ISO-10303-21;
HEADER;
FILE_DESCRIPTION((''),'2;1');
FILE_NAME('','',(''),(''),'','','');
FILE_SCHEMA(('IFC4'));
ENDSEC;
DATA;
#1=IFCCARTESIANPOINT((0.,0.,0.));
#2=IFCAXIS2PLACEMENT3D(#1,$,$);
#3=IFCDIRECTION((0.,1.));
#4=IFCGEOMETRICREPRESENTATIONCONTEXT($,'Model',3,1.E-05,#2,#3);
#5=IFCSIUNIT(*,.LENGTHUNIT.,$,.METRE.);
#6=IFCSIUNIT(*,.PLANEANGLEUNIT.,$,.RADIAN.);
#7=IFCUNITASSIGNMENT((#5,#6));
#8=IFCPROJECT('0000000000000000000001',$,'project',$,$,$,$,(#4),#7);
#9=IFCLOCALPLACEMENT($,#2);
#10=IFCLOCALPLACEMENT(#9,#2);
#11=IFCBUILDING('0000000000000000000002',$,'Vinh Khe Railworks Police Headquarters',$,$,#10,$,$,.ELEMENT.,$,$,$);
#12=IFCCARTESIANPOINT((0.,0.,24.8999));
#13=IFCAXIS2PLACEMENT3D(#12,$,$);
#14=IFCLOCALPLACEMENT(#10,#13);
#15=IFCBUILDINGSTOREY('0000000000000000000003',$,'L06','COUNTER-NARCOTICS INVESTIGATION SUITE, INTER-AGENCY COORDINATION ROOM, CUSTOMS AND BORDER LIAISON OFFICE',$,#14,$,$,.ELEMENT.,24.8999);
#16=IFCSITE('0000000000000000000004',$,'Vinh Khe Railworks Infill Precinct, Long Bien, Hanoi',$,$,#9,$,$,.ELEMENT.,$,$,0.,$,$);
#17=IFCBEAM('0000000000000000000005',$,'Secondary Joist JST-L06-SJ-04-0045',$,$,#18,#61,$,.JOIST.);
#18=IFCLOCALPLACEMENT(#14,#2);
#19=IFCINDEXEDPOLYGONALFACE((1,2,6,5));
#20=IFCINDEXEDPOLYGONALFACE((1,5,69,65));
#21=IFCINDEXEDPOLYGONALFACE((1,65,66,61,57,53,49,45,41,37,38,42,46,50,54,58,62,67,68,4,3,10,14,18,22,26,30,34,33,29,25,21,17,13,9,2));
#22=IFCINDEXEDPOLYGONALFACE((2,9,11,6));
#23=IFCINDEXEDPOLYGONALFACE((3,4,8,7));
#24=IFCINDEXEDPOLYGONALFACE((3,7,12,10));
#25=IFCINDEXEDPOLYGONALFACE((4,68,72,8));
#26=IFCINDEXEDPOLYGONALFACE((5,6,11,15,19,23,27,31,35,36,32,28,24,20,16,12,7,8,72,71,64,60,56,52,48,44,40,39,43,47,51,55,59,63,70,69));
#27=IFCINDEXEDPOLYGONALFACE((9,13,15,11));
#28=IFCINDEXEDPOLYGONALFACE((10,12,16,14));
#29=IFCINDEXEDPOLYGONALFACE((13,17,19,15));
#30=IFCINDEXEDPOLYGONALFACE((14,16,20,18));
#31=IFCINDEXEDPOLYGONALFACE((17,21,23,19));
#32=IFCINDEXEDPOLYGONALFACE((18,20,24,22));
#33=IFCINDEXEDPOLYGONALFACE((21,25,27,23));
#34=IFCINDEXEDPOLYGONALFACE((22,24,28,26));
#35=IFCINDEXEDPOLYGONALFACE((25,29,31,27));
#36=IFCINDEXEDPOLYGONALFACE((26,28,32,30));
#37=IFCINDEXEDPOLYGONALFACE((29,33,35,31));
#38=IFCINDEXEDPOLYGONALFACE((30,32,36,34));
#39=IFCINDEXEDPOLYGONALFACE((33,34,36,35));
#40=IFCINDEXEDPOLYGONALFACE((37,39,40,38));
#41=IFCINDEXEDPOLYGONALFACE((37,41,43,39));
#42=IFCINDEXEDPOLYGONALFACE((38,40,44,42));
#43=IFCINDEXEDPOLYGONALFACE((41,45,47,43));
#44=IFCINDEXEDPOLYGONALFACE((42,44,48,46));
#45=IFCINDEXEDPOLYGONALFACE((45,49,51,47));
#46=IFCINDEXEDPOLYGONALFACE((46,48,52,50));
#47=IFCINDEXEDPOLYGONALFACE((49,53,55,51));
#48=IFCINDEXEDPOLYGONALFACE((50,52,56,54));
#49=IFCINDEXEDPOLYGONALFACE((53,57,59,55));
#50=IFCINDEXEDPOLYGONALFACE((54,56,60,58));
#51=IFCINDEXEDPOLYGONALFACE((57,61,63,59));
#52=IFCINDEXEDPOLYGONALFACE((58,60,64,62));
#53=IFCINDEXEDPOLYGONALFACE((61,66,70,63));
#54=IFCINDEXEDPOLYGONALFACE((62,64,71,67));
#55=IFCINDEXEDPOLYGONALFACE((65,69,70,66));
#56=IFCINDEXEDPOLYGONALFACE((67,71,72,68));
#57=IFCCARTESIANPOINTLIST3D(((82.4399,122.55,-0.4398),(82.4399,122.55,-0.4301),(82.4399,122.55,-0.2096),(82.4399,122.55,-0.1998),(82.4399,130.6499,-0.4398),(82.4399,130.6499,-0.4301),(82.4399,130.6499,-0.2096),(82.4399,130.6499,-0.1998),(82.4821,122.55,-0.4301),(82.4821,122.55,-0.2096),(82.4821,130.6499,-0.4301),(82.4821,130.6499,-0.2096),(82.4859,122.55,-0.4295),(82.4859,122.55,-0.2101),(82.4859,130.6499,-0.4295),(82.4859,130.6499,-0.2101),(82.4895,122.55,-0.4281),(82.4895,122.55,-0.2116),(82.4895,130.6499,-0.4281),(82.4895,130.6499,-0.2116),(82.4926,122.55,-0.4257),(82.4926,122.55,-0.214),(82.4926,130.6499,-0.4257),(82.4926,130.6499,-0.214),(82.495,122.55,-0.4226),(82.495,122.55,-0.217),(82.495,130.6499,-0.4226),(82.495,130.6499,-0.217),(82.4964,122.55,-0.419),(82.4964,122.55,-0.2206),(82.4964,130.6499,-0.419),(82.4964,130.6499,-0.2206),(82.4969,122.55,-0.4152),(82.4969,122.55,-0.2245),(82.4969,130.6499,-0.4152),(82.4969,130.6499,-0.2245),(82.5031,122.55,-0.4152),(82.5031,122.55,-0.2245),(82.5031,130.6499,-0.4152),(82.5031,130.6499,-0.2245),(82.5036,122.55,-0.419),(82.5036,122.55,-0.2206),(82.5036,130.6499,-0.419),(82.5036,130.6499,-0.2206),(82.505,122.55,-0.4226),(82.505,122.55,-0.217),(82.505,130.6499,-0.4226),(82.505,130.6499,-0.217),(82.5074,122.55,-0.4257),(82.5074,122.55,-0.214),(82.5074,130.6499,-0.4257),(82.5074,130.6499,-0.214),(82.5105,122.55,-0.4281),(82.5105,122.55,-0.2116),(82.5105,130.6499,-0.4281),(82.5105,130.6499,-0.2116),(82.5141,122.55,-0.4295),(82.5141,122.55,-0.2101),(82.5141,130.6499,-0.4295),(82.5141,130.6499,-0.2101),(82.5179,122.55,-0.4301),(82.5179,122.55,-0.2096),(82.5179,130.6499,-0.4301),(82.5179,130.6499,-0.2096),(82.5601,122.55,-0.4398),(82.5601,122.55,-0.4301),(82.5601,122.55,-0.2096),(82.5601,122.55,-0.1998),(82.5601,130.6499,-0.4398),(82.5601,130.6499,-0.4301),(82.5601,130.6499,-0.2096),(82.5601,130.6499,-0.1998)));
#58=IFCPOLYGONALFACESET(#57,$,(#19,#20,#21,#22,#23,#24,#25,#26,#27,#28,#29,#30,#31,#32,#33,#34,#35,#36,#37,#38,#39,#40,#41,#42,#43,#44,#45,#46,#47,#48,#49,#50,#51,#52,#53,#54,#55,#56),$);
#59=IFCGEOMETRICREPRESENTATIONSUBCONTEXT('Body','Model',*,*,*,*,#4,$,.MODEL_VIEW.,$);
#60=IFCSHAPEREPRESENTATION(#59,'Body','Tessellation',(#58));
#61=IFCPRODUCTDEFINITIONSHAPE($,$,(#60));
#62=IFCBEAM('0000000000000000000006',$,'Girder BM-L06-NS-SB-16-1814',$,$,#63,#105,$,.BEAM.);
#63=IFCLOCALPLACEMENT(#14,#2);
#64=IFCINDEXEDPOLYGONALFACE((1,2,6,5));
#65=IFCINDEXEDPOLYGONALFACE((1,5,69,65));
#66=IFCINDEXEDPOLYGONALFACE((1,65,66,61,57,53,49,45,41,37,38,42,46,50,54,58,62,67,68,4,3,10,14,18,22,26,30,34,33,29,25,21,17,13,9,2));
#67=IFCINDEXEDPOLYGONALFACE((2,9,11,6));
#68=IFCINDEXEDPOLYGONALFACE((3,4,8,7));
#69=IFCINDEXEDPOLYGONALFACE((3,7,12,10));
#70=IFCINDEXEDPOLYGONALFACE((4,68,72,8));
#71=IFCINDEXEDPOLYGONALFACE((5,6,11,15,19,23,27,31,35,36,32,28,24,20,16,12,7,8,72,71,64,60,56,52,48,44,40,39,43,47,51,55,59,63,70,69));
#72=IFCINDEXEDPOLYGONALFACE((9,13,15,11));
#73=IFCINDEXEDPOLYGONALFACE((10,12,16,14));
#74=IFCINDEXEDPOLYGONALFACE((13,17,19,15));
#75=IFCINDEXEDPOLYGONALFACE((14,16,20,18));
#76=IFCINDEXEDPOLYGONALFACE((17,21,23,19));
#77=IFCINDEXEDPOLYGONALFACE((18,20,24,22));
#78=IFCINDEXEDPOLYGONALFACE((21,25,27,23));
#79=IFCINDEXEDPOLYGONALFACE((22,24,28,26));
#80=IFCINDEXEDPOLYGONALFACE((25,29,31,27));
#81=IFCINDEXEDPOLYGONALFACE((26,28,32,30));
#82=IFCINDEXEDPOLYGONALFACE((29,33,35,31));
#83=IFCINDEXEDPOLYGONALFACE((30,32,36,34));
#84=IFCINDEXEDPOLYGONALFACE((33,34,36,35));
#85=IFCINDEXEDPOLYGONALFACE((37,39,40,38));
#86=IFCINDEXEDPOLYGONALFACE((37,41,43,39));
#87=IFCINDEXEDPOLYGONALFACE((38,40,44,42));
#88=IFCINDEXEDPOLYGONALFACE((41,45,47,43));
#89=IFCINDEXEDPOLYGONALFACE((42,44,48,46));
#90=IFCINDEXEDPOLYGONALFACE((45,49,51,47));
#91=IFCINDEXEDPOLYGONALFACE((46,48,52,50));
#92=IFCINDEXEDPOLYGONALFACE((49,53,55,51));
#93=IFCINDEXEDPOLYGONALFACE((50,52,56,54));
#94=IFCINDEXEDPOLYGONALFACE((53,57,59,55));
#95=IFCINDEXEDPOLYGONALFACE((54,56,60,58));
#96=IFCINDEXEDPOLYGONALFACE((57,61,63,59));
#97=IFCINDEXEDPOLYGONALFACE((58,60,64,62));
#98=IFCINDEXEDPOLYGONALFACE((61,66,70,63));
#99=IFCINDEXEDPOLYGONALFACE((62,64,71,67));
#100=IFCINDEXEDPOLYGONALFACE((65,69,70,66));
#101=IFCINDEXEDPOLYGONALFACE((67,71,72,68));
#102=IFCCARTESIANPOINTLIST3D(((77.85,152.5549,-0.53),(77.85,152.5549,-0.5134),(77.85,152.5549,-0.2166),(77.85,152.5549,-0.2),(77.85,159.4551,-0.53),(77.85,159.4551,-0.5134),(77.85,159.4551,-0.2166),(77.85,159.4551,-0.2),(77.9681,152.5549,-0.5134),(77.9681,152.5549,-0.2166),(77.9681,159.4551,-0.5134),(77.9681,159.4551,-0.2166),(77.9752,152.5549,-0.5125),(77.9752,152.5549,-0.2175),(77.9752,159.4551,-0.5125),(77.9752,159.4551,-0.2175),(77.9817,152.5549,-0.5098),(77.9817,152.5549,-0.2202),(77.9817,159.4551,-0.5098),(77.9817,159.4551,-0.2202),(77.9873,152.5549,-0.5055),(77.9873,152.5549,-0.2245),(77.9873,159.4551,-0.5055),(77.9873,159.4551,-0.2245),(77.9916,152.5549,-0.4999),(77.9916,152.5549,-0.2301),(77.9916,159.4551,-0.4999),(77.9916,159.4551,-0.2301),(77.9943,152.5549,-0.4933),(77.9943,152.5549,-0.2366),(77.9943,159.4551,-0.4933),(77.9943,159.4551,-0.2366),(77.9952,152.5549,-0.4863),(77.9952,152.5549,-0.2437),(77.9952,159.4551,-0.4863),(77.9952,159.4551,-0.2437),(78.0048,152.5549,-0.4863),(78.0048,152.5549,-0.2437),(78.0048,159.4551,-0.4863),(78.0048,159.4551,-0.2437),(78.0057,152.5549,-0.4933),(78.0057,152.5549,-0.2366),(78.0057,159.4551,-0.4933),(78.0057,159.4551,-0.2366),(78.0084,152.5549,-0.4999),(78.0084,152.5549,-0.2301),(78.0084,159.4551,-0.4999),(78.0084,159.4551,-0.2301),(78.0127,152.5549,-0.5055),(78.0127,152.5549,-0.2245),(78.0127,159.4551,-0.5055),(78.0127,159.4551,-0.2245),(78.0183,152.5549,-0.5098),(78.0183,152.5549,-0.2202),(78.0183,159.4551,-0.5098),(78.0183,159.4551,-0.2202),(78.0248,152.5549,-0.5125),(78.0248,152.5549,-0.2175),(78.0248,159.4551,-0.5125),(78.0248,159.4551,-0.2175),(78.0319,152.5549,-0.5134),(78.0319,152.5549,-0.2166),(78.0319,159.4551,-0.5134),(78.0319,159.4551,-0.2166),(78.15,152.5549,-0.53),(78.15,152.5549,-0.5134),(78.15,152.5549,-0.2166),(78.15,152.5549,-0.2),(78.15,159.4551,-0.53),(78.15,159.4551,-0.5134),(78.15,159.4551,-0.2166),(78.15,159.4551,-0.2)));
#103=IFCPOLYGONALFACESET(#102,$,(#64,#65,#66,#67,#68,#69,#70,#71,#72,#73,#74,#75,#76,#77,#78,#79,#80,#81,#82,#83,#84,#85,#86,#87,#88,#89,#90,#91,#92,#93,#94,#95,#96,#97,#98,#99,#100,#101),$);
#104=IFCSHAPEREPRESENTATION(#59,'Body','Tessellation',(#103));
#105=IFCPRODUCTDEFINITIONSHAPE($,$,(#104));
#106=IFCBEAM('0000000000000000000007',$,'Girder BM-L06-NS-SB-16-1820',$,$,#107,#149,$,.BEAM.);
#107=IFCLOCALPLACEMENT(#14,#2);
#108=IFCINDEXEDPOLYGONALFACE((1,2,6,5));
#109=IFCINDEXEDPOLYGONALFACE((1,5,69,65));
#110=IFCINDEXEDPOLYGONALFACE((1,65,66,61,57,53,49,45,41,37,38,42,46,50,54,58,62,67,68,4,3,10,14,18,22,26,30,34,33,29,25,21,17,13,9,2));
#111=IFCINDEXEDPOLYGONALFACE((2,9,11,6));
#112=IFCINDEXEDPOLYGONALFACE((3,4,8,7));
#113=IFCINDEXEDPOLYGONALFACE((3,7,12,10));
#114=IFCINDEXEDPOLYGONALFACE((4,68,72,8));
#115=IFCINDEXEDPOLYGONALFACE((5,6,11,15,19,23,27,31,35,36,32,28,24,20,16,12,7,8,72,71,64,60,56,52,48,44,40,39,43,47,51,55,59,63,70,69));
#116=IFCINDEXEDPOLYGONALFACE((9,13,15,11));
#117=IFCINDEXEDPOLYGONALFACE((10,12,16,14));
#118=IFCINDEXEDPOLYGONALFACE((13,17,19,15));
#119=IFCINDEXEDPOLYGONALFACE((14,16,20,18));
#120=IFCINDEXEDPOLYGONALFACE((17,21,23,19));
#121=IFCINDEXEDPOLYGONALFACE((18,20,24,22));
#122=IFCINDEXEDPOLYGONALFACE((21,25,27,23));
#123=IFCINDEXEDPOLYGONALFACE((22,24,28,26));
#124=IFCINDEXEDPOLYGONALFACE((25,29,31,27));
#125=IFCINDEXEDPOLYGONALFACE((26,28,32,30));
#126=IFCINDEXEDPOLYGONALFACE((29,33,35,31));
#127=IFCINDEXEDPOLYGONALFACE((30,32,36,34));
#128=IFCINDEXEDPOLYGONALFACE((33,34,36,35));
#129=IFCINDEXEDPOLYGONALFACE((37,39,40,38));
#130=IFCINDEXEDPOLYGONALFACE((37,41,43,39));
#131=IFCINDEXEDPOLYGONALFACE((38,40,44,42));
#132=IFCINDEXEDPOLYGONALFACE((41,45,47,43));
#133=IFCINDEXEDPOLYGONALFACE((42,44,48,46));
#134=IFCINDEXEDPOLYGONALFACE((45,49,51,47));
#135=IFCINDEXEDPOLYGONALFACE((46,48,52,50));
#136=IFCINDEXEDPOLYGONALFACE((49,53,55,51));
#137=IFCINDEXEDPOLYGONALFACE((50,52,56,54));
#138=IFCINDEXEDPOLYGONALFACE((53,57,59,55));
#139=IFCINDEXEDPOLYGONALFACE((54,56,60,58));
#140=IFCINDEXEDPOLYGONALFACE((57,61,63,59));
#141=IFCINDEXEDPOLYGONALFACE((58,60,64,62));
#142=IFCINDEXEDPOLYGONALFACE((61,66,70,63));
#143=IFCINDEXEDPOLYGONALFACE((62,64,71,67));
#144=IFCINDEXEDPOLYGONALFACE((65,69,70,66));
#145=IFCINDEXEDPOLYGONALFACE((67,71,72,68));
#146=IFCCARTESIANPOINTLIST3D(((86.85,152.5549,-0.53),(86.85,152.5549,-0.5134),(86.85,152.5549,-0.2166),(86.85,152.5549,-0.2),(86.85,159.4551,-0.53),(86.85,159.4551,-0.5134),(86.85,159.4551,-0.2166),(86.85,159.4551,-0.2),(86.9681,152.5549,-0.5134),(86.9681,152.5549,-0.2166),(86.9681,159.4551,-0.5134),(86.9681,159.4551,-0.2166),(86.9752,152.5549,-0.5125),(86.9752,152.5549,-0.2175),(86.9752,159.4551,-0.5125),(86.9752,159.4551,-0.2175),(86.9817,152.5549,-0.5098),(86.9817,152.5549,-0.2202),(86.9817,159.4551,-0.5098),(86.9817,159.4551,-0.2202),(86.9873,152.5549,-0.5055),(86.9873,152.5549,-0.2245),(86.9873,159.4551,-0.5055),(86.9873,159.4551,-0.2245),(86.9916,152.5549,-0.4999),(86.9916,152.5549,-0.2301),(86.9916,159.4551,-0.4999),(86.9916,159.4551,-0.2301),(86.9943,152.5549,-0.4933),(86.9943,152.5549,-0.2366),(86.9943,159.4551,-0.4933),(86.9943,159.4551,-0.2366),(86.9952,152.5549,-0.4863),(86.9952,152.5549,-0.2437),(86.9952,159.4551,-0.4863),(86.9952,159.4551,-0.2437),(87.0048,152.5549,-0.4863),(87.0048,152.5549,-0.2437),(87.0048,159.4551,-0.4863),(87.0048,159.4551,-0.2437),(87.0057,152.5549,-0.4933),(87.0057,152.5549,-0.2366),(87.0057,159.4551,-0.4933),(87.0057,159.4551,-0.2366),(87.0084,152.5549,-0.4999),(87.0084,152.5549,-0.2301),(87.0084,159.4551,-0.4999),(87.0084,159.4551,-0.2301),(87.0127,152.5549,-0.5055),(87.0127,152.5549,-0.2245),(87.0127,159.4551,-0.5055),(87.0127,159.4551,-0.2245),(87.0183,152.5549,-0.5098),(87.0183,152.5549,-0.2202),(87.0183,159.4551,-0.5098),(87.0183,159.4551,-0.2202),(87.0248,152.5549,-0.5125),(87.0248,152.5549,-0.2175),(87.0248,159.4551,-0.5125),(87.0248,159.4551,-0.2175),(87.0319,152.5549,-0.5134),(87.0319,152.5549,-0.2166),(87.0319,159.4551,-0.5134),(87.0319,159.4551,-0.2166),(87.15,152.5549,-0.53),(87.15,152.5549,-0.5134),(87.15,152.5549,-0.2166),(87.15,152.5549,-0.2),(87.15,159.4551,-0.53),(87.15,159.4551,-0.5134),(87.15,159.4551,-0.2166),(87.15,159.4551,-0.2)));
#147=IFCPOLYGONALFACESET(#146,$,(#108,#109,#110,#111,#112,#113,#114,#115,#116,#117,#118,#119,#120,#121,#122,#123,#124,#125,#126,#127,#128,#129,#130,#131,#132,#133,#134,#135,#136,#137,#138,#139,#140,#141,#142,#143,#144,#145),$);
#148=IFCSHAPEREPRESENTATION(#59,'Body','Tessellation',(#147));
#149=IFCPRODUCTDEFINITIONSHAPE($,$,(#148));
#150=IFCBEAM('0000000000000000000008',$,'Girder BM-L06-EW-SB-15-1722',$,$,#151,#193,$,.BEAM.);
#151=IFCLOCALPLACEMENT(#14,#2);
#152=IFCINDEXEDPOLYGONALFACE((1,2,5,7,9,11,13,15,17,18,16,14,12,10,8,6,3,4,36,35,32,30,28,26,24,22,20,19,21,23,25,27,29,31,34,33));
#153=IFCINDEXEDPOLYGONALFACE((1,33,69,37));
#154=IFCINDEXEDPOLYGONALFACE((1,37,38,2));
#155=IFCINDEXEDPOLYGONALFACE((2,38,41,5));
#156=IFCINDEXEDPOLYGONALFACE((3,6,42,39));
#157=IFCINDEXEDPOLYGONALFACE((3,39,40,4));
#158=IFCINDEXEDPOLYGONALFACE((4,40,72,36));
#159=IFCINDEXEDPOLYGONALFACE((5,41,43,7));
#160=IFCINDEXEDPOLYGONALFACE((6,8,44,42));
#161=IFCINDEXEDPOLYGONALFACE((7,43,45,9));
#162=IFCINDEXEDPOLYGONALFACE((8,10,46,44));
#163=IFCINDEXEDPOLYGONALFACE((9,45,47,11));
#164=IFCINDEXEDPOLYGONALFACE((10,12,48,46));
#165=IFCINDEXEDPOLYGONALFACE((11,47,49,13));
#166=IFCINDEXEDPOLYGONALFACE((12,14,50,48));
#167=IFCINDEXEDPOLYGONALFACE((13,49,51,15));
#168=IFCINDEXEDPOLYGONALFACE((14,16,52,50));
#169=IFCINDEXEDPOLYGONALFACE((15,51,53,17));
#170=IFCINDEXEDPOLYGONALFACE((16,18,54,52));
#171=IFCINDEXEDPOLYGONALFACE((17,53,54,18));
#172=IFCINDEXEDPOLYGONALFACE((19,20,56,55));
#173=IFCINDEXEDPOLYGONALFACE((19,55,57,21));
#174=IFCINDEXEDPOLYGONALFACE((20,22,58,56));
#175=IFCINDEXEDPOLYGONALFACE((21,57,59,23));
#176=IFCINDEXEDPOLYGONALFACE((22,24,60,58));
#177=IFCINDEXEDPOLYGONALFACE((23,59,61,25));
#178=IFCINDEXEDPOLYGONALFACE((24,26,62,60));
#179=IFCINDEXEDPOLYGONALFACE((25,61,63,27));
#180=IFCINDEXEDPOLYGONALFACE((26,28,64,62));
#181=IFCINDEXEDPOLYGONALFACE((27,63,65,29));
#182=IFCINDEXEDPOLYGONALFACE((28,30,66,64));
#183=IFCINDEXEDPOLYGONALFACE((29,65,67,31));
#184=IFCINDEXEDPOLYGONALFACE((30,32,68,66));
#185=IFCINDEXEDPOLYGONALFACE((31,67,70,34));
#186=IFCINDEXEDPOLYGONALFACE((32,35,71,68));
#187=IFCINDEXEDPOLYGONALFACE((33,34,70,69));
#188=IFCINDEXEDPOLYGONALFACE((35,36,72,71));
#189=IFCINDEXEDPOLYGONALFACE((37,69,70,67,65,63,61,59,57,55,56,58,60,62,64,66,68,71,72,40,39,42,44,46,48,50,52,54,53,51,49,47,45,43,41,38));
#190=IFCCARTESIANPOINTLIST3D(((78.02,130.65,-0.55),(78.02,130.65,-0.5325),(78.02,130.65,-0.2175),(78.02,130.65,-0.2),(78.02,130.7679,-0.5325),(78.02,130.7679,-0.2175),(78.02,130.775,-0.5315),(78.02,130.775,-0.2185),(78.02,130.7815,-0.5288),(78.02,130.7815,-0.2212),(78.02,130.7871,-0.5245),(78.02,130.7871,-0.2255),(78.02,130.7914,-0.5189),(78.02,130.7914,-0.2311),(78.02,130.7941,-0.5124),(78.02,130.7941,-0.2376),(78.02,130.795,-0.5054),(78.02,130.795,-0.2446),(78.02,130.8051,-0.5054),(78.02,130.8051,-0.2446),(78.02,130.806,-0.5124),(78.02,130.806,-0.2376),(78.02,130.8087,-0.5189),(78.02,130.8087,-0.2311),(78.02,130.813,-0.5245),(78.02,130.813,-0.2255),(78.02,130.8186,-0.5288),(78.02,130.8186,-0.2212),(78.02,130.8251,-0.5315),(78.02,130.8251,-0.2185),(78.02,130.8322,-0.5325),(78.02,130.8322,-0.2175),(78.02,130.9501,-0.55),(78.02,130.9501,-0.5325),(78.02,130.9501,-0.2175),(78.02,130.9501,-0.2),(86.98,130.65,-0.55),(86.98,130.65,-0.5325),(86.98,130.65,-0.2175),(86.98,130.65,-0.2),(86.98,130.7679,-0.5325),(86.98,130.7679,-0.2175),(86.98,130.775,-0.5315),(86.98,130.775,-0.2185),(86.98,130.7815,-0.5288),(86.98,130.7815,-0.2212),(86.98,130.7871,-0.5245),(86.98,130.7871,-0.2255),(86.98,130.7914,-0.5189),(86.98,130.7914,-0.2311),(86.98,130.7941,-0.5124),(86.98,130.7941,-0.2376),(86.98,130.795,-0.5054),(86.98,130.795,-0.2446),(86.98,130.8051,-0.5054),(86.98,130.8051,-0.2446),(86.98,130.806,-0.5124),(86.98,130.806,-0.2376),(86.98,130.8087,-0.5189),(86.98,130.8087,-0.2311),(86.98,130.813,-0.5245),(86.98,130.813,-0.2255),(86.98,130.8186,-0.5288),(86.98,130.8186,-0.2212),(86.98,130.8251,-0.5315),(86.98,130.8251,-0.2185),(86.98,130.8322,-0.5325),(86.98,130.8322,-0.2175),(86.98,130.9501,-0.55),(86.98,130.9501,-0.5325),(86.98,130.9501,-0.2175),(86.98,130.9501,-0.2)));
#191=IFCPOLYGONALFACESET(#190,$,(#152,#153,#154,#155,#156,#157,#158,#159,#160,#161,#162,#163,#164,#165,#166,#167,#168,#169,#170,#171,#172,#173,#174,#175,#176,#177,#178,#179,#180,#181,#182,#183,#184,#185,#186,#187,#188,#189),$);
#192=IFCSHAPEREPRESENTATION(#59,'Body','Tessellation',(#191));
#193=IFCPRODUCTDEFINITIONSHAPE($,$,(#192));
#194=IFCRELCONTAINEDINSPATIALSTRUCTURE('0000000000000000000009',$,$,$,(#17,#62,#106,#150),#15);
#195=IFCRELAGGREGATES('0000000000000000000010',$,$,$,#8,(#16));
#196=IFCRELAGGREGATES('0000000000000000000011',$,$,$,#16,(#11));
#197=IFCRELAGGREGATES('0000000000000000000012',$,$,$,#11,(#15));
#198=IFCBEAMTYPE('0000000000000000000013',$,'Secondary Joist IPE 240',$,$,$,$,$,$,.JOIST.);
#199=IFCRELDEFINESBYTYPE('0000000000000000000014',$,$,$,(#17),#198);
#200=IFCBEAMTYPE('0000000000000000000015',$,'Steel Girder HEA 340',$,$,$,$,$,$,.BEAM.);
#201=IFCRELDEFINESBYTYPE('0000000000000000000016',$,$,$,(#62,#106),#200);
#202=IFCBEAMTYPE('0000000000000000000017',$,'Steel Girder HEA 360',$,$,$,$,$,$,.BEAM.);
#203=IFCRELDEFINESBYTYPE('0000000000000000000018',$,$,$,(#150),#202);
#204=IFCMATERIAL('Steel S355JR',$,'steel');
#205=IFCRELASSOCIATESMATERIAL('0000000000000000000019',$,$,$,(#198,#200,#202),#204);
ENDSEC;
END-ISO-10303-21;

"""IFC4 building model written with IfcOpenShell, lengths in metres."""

from ifc_helpers import new_model, si_unit, direction, frame, origin, origin_2d, place, context, subcontext, project, spatial, i_section, extrude, material, material_profile, profile_set, type_object, element, save


model = new_model("IFC4")

# Units and contexts
model_context = context("Model", 3, precision=1e-05, world=origin(), true_north=direction((0.0, 1.0)))
body_context = subcontext(model_context, "Body", "Model", "MODEL_VIEW")
ifc_project = project(units=[si_unit("LENGTHUNIT", "METRE"), si_unit("PLANEANGLEUNIT", "RADIAN")], contexts=[model_context])

# Site, building, storey
site_placement = place(None, origin())
site = spatial("IfcSite", under=ifc_project, at=site_placement, Name="Vinh Khe Railworks Infill Precinct, Long Bien, Hanoi", CompositionType="ELEMENT", RefElevation=0.0)
building_placement = place(site_placement, origin())
building = spatial("IfcBuilding", under=site, at=building_placement, Name="Vinh Khe Railworks Police Headquarters", CompositionType="ELEMENT")
storey_placement = place(building_placement, frame((0.0, 0.0, 24.8999)))
storey = spatial("IfcBuildingStorey", under=building, at=storey_placement, Name="L06", Description="COUNTER-NARCOTICS INVESTIGATION SUITE, INTER-AGENCY COORDINATION ROOM, CUSTOMS AND BORDER LIAISON OFFICE", CompositionType="ELEMENT", Elevation=24.8999)

# Beams
ifc_material_1 = material(Name="Steel S355JR", Category="steel")
ifc_material_profile_1 = material_profile(ifc_material_1, i_section(OverallWidth=0.1201, OverallDepth=0.24, WebThickness=0.0061, FlangeThickness=0.0098, FilletRadius=0.0149, at=origin_2d()), Name="IPE 240")
ifc_profile_set_1 = profile_set([ifc_material_profile_1], Name="Steel S355JR")
beam_type_1 = type_object("IfcBeamType", Name="Secondary Joist IPE 240", PredefinedType="JOIST", material=ifc_profile_set_1)
beam_1_placement = place(storey_placement, frame((82.5, 122.55, -0.3198), z_axis=(0.0, 1.0, 0.0), x_axis=(-1.0, 0.0, 0.0)))
element("IfcBeam", 1, at=beam_1_placement, inside=storey, type_object=beam_type_1, Name="Secondary Joist JST-L06-SJ-04-0045", PredefinedType="JOIST", context=body_context, shape_type="SweptSolid", body=[
    extrude(i_section(OverallWidth=0.1201, OverallDepth=0.24, WebThickness=0.0061, FlangeThickness=0.0098, FilletRadius=0.0149, at=origin_2d()), origin(), (0.0, 0.0, 1.0), 8.0999),
])
ifc_material_profile_2 = material_profile(ifc_material_1, i_section(OverallWidth=0.3, OverallDepth=0.3301, WebThickness=0.0095, FlangeThickness=0.0166, FilletRadius=0.0271, at=origin_2d()), Name="HEA 340")
ifc_profile_set_2 = profile_set([ifc_material_profile_2], Name="Steel S355JR")
beam_type_2 = type_object("IfcBeamType", Name="Steel Girder HEA 340", PredefinedType="BEAM", material=ifc_profile_set_2)
for number, where, z_axis, x_axis, name in (
    (2, (78.0, 152.5549, -0.365), (0.0, 1.0, 0.0), (-1.0, 0.0, 0.0), "Girder BM-L06-NS-SB-16-1814"),
    (3, (87.0, 152.5549, -0.365), (0.0, 1.0, 0.0), (-1.0, 0.0, 0.0), "Girder BM-L06-NS-SB-16-1820"),
):
    element("IfcBeam", number, at=place(storey_placement, frame(where, z_axis=z_axis, x_axis=x_axis)), inside=storey, type_object=beam_type_2, Name=name, PredefinedType="BEAM", context=body_context, shape_type="SweptSolid", body=[
        extrude(i_section(OverallWidth=0.3, OverallDepth=0.3301, WebThickness=0.0095, FlangeThickness=0.0166, FilletRadius=0.0271, at=origin_2d()), origin(), (0.0, 0.0, 1.0), 6.9001),
    ])
ifc_material_profile_3 = material_profile(ifc_material_1, i_section(OverallWidth=0.3, OverallDepth=0.3501, WebThickness=0.01, FlangeThickness=0.0176, FilletRadius=0.0271, at=origin_2d()), Name="HEA 360")
ifc_profile_set_3 = profile_set([ifc_material_profile_3], Name="Steel S355JR")
beam_type_3 = type_object("IfcBeamType", Name="Steel Girder HEA 360", PredefinedType="BEAM", material=ifc_profile_set_3)
for number, where, z_axis, x_axis, name in (
    (4, (78.02, 130.8, -0.375), (1.0, 0.0, 0.0), (0.0, 1.0, 0.0), "Girder BM-L06-EW-SB-15-1722"),
):
    element("IfcBeam", number, at=place(storey_placement, frame(where, z_axis=z_axis, x_axis=x_axis)), inside=storey, type_object=beam_type_3, Name=name, PredefinedType="BEAM", context=body_context, shape_type="SweptSolid", body=[
        extrude(i_section(OverallWidth=0.3, OverallDepth=0.3501, WebThickness=0.01, FlangeThickness=0.0176, FilletRadius=0.0271, at=origin_2d()), origin(), (0.0, 0.0, 1.0), 8.96),
    ])

save(model, "model.ifc")
